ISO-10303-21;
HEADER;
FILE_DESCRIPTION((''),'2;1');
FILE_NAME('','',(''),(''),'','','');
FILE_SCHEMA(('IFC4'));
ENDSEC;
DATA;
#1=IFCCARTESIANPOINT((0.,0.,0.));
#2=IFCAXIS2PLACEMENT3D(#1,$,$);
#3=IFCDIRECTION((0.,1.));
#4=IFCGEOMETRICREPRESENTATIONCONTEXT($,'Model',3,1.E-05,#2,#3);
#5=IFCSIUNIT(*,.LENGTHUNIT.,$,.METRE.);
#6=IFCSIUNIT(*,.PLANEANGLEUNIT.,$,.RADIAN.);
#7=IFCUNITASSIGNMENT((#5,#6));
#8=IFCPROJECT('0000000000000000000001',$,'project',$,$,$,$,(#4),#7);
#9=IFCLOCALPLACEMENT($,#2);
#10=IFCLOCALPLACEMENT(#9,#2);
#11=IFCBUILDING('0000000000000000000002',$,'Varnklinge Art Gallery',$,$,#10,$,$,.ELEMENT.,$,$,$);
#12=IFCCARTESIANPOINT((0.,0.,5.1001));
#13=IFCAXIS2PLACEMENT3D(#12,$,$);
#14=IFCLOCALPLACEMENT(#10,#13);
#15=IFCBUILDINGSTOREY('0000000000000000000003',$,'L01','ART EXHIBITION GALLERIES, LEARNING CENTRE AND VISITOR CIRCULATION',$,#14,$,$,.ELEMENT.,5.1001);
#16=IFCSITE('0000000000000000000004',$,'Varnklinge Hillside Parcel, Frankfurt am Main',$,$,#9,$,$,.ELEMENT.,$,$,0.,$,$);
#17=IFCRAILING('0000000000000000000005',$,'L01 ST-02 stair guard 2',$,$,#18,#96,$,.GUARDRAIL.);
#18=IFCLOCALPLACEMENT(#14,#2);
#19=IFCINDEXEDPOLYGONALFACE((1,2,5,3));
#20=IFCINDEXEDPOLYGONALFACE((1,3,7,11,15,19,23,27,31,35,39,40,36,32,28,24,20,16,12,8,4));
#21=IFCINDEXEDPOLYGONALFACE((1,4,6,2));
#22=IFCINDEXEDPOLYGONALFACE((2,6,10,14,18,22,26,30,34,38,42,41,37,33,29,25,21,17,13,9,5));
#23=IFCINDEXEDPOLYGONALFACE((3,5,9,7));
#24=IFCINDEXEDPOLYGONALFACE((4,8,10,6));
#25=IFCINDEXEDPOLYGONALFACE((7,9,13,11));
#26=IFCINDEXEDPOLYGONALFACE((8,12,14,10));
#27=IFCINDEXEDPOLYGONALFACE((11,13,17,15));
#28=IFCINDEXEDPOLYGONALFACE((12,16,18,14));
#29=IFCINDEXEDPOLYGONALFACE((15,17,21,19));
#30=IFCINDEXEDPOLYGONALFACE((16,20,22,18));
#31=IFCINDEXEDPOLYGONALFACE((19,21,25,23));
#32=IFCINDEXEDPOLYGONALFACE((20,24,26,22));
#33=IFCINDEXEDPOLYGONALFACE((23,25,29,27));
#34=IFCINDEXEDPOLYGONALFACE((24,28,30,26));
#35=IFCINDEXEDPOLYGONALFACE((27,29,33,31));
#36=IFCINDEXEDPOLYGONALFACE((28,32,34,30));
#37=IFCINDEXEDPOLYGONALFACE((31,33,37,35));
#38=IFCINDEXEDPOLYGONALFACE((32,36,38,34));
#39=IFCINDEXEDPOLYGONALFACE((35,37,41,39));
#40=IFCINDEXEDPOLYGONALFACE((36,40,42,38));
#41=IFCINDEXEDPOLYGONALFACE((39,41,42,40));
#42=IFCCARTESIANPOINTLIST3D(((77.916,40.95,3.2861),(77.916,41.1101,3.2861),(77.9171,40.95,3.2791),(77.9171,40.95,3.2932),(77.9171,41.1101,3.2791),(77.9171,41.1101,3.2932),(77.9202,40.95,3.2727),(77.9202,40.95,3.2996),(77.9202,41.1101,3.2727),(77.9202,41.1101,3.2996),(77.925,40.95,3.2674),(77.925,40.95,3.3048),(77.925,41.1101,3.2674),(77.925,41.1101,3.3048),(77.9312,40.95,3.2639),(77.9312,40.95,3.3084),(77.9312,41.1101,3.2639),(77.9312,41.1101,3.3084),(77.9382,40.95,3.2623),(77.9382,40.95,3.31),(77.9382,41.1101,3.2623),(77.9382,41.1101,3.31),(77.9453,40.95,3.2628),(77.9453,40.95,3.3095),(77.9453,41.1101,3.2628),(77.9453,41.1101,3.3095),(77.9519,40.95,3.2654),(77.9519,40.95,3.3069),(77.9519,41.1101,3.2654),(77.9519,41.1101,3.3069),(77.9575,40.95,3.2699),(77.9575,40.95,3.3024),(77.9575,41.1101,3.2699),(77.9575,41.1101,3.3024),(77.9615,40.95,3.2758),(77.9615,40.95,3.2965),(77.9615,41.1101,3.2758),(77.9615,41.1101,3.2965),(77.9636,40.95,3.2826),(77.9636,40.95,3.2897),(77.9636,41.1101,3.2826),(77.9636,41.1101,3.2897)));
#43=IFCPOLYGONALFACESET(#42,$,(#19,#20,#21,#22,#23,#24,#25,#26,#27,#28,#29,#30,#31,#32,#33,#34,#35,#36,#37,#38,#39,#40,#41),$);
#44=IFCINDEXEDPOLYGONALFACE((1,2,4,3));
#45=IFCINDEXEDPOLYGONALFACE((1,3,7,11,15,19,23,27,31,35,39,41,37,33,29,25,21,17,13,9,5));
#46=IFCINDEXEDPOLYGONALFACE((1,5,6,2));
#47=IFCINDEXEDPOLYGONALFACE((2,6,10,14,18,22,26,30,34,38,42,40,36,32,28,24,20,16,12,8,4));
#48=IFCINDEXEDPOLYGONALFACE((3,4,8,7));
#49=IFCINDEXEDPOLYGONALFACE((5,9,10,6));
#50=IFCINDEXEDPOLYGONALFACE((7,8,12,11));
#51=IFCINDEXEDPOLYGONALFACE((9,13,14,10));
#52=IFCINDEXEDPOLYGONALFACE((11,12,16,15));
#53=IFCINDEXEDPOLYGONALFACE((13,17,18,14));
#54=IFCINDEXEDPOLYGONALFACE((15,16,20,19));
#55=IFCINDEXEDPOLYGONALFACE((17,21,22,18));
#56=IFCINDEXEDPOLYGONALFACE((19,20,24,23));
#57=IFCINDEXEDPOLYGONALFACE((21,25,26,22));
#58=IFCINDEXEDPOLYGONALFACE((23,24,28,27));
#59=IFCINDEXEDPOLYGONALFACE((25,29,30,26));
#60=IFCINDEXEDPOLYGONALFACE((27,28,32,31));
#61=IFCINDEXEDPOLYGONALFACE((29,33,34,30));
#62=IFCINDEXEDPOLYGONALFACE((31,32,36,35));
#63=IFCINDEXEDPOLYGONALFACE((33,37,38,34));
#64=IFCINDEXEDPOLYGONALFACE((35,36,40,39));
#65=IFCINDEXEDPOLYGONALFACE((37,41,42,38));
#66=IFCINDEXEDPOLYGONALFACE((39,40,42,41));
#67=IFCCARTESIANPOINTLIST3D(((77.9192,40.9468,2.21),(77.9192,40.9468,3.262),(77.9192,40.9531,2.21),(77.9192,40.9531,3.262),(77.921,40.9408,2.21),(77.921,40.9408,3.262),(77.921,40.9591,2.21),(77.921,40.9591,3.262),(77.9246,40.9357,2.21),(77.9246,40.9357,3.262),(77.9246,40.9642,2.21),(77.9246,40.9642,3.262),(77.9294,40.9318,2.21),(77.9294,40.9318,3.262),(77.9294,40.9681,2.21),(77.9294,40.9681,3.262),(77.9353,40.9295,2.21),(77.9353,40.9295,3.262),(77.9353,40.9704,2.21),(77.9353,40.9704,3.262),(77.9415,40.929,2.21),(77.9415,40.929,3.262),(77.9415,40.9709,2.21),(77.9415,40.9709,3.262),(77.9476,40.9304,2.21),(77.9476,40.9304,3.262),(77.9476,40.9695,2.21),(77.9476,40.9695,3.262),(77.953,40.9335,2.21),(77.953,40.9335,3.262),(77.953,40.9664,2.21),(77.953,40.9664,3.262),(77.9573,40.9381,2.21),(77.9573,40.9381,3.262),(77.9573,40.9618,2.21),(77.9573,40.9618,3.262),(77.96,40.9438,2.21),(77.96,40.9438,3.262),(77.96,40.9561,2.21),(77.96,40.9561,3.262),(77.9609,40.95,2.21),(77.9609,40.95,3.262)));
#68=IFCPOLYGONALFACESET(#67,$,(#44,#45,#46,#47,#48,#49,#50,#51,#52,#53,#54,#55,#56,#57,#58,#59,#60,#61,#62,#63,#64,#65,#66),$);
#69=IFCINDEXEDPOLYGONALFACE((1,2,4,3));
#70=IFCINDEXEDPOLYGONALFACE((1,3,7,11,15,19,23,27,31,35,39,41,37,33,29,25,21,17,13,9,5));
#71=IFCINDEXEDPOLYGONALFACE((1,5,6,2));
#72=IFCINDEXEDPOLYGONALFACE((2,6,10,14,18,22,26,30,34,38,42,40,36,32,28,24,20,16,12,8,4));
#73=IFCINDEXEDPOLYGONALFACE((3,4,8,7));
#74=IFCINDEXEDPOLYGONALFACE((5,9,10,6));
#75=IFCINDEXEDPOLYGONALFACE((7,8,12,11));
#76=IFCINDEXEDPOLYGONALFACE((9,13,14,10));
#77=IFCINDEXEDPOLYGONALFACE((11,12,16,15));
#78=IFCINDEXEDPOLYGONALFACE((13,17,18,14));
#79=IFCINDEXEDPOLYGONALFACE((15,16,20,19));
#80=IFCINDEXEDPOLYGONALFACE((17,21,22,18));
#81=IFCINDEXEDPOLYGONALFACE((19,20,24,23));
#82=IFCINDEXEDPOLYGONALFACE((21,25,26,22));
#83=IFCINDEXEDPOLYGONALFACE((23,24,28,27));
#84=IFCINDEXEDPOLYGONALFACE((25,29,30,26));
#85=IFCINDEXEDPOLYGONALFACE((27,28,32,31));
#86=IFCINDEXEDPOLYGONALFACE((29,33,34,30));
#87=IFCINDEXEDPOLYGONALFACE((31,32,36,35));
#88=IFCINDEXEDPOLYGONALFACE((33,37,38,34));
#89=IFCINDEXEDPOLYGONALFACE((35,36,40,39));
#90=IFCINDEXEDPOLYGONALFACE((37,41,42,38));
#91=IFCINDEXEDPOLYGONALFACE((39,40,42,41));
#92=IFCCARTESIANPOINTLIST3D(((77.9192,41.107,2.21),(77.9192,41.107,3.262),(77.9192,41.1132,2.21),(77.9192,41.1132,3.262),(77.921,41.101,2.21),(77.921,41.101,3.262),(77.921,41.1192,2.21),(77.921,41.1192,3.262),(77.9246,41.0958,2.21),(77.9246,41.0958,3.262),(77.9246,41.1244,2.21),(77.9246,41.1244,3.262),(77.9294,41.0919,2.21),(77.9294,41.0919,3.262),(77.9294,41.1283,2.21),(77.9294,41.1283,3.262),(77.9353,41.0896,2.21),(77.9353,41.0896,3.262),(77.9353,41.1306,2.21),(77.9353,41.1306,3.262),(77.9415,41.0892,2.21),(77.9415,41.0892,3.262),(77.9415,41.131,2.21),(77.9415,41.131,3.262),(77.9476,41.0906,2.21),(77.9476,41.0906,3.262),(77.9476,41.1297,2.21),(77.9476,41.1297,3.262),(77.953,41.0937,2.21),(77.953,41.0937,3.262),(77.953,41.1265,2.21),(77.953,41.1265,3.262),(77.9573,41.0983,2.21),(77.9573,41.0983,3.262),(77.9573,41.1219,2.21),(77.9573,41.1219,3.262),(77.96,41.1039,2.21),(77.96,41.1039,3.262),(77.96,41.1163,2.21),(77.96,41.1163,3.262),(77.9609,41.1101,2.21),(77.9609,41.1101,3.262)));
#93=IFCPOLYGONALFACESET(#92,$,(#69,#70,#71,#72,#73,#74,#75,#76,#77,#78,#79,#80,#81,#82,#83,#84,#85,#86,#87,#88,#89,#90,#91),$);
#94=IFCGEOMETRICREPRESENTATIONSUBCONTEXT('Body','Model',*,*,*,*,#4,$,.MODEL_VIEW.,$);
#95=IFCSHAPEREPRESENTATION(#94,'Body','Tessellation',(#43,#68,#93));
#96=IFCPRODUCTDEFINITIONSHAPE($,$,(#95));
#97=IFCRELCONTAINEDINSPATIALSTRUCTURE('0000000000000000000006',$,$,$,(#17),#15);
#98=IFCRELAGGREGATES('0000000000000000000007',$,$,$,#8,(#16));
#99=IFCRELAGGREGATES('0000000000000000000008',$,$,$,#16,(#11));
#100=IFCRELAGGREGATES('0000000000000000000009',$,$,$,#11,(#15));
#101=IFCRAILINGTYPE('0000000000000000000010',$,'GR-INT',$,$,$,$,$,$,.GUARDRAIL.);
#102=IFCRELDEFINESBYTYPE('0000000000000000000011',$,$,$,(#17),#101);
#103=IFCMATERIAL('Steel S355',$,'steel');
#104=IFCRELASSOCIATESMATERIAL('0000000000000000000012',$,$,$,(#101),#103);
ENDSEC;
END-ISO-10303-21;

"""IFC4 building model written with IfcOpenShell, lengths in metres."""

from ifc_helpers import new_model, si_unit, direction, frame, origin, origin_2d, place, context, subcontext, project, spatial, circle, extrude, material, type_object, element, save


model = new_model("IFC4")

# Units and contexts
model_context = context("Model", 3, precision=1e-05, world=origin(), true_north=direction((0.0, 1.0)))
body_context = subcontext(model_context, "Body", "Model", "MODEL_VIEW")
ifc_project = project(units=[si_unit("LENGTHUNIT", "METRE"), si_unit("PLANEANGLEUNIT", "RADIAN")], contexts=[model_context])

# Site, building, storey
site_placement = place(None, origin())
site = spatial("IfcSite", under=ifc_project, at=site_placement, Name="Varnklinge Hillside Parcel, Frankfurt am Main", CompositionType="ELEMENT", RefElevation=0.0)
building_placement = place(site_placement, origin())
building = spatial("IfcBuilding", under=site, at=building_placement, Name="Varnklinge Art Gallery", CompositionType="ELEMENT")
storey_placement = place(building_placement, frame((0.0, 0.0, 5.1001)))
storey = spatial("IfcBuildingStorey", under=building, at=storey_placement, Name="L01", Description="ART EXHIBITION GALLERIES, LEARNING CENTRE AND VISITOR CIRCULATION", CompositionType="ELEMENT", Elevation=5.1001)

# Railing
ifc_material_1 = material(Name="Steel S355", Category="steel")
railing_type_1 = type_object("IfcRailingType", Name="GR-INT", PredefinedType="GUARDRAIL", material=ifc_material_1)
railing_1_placement = place(storey_placement, frame((77.9399, 40.95, 2.21)))
element("IfcRailing", 1, at=railing_1_placement, inside=storey, type_object=railing_type_1, Name="L01 ST-02 stair guard 2", PredefinedType="GUARDRAIL", context=body_context, shape_type="SweptSolid", body=[
    extrude(circle(Radius=0.0239, at=origin_2d()), frame((0.0, 0.0, 1.0762), z_axis=(0.0, 1.0, 0.0), x_axis=(-1.0, 0.0, 0.0)), (0.0, 0.0, 1.0), 0.1602),
    extrude(circle(Radius=0.021, at=origin_2d()), origin(), (0.0, 0.0, 1.0), 1.052),
    extrude(circle(Radius=0.021, at=origin_2d()), frame((0.0, 0.1602, 0.0)), (0.0, 0.0, 1.0), 1.052),
])

save(model, "model.ifc")
